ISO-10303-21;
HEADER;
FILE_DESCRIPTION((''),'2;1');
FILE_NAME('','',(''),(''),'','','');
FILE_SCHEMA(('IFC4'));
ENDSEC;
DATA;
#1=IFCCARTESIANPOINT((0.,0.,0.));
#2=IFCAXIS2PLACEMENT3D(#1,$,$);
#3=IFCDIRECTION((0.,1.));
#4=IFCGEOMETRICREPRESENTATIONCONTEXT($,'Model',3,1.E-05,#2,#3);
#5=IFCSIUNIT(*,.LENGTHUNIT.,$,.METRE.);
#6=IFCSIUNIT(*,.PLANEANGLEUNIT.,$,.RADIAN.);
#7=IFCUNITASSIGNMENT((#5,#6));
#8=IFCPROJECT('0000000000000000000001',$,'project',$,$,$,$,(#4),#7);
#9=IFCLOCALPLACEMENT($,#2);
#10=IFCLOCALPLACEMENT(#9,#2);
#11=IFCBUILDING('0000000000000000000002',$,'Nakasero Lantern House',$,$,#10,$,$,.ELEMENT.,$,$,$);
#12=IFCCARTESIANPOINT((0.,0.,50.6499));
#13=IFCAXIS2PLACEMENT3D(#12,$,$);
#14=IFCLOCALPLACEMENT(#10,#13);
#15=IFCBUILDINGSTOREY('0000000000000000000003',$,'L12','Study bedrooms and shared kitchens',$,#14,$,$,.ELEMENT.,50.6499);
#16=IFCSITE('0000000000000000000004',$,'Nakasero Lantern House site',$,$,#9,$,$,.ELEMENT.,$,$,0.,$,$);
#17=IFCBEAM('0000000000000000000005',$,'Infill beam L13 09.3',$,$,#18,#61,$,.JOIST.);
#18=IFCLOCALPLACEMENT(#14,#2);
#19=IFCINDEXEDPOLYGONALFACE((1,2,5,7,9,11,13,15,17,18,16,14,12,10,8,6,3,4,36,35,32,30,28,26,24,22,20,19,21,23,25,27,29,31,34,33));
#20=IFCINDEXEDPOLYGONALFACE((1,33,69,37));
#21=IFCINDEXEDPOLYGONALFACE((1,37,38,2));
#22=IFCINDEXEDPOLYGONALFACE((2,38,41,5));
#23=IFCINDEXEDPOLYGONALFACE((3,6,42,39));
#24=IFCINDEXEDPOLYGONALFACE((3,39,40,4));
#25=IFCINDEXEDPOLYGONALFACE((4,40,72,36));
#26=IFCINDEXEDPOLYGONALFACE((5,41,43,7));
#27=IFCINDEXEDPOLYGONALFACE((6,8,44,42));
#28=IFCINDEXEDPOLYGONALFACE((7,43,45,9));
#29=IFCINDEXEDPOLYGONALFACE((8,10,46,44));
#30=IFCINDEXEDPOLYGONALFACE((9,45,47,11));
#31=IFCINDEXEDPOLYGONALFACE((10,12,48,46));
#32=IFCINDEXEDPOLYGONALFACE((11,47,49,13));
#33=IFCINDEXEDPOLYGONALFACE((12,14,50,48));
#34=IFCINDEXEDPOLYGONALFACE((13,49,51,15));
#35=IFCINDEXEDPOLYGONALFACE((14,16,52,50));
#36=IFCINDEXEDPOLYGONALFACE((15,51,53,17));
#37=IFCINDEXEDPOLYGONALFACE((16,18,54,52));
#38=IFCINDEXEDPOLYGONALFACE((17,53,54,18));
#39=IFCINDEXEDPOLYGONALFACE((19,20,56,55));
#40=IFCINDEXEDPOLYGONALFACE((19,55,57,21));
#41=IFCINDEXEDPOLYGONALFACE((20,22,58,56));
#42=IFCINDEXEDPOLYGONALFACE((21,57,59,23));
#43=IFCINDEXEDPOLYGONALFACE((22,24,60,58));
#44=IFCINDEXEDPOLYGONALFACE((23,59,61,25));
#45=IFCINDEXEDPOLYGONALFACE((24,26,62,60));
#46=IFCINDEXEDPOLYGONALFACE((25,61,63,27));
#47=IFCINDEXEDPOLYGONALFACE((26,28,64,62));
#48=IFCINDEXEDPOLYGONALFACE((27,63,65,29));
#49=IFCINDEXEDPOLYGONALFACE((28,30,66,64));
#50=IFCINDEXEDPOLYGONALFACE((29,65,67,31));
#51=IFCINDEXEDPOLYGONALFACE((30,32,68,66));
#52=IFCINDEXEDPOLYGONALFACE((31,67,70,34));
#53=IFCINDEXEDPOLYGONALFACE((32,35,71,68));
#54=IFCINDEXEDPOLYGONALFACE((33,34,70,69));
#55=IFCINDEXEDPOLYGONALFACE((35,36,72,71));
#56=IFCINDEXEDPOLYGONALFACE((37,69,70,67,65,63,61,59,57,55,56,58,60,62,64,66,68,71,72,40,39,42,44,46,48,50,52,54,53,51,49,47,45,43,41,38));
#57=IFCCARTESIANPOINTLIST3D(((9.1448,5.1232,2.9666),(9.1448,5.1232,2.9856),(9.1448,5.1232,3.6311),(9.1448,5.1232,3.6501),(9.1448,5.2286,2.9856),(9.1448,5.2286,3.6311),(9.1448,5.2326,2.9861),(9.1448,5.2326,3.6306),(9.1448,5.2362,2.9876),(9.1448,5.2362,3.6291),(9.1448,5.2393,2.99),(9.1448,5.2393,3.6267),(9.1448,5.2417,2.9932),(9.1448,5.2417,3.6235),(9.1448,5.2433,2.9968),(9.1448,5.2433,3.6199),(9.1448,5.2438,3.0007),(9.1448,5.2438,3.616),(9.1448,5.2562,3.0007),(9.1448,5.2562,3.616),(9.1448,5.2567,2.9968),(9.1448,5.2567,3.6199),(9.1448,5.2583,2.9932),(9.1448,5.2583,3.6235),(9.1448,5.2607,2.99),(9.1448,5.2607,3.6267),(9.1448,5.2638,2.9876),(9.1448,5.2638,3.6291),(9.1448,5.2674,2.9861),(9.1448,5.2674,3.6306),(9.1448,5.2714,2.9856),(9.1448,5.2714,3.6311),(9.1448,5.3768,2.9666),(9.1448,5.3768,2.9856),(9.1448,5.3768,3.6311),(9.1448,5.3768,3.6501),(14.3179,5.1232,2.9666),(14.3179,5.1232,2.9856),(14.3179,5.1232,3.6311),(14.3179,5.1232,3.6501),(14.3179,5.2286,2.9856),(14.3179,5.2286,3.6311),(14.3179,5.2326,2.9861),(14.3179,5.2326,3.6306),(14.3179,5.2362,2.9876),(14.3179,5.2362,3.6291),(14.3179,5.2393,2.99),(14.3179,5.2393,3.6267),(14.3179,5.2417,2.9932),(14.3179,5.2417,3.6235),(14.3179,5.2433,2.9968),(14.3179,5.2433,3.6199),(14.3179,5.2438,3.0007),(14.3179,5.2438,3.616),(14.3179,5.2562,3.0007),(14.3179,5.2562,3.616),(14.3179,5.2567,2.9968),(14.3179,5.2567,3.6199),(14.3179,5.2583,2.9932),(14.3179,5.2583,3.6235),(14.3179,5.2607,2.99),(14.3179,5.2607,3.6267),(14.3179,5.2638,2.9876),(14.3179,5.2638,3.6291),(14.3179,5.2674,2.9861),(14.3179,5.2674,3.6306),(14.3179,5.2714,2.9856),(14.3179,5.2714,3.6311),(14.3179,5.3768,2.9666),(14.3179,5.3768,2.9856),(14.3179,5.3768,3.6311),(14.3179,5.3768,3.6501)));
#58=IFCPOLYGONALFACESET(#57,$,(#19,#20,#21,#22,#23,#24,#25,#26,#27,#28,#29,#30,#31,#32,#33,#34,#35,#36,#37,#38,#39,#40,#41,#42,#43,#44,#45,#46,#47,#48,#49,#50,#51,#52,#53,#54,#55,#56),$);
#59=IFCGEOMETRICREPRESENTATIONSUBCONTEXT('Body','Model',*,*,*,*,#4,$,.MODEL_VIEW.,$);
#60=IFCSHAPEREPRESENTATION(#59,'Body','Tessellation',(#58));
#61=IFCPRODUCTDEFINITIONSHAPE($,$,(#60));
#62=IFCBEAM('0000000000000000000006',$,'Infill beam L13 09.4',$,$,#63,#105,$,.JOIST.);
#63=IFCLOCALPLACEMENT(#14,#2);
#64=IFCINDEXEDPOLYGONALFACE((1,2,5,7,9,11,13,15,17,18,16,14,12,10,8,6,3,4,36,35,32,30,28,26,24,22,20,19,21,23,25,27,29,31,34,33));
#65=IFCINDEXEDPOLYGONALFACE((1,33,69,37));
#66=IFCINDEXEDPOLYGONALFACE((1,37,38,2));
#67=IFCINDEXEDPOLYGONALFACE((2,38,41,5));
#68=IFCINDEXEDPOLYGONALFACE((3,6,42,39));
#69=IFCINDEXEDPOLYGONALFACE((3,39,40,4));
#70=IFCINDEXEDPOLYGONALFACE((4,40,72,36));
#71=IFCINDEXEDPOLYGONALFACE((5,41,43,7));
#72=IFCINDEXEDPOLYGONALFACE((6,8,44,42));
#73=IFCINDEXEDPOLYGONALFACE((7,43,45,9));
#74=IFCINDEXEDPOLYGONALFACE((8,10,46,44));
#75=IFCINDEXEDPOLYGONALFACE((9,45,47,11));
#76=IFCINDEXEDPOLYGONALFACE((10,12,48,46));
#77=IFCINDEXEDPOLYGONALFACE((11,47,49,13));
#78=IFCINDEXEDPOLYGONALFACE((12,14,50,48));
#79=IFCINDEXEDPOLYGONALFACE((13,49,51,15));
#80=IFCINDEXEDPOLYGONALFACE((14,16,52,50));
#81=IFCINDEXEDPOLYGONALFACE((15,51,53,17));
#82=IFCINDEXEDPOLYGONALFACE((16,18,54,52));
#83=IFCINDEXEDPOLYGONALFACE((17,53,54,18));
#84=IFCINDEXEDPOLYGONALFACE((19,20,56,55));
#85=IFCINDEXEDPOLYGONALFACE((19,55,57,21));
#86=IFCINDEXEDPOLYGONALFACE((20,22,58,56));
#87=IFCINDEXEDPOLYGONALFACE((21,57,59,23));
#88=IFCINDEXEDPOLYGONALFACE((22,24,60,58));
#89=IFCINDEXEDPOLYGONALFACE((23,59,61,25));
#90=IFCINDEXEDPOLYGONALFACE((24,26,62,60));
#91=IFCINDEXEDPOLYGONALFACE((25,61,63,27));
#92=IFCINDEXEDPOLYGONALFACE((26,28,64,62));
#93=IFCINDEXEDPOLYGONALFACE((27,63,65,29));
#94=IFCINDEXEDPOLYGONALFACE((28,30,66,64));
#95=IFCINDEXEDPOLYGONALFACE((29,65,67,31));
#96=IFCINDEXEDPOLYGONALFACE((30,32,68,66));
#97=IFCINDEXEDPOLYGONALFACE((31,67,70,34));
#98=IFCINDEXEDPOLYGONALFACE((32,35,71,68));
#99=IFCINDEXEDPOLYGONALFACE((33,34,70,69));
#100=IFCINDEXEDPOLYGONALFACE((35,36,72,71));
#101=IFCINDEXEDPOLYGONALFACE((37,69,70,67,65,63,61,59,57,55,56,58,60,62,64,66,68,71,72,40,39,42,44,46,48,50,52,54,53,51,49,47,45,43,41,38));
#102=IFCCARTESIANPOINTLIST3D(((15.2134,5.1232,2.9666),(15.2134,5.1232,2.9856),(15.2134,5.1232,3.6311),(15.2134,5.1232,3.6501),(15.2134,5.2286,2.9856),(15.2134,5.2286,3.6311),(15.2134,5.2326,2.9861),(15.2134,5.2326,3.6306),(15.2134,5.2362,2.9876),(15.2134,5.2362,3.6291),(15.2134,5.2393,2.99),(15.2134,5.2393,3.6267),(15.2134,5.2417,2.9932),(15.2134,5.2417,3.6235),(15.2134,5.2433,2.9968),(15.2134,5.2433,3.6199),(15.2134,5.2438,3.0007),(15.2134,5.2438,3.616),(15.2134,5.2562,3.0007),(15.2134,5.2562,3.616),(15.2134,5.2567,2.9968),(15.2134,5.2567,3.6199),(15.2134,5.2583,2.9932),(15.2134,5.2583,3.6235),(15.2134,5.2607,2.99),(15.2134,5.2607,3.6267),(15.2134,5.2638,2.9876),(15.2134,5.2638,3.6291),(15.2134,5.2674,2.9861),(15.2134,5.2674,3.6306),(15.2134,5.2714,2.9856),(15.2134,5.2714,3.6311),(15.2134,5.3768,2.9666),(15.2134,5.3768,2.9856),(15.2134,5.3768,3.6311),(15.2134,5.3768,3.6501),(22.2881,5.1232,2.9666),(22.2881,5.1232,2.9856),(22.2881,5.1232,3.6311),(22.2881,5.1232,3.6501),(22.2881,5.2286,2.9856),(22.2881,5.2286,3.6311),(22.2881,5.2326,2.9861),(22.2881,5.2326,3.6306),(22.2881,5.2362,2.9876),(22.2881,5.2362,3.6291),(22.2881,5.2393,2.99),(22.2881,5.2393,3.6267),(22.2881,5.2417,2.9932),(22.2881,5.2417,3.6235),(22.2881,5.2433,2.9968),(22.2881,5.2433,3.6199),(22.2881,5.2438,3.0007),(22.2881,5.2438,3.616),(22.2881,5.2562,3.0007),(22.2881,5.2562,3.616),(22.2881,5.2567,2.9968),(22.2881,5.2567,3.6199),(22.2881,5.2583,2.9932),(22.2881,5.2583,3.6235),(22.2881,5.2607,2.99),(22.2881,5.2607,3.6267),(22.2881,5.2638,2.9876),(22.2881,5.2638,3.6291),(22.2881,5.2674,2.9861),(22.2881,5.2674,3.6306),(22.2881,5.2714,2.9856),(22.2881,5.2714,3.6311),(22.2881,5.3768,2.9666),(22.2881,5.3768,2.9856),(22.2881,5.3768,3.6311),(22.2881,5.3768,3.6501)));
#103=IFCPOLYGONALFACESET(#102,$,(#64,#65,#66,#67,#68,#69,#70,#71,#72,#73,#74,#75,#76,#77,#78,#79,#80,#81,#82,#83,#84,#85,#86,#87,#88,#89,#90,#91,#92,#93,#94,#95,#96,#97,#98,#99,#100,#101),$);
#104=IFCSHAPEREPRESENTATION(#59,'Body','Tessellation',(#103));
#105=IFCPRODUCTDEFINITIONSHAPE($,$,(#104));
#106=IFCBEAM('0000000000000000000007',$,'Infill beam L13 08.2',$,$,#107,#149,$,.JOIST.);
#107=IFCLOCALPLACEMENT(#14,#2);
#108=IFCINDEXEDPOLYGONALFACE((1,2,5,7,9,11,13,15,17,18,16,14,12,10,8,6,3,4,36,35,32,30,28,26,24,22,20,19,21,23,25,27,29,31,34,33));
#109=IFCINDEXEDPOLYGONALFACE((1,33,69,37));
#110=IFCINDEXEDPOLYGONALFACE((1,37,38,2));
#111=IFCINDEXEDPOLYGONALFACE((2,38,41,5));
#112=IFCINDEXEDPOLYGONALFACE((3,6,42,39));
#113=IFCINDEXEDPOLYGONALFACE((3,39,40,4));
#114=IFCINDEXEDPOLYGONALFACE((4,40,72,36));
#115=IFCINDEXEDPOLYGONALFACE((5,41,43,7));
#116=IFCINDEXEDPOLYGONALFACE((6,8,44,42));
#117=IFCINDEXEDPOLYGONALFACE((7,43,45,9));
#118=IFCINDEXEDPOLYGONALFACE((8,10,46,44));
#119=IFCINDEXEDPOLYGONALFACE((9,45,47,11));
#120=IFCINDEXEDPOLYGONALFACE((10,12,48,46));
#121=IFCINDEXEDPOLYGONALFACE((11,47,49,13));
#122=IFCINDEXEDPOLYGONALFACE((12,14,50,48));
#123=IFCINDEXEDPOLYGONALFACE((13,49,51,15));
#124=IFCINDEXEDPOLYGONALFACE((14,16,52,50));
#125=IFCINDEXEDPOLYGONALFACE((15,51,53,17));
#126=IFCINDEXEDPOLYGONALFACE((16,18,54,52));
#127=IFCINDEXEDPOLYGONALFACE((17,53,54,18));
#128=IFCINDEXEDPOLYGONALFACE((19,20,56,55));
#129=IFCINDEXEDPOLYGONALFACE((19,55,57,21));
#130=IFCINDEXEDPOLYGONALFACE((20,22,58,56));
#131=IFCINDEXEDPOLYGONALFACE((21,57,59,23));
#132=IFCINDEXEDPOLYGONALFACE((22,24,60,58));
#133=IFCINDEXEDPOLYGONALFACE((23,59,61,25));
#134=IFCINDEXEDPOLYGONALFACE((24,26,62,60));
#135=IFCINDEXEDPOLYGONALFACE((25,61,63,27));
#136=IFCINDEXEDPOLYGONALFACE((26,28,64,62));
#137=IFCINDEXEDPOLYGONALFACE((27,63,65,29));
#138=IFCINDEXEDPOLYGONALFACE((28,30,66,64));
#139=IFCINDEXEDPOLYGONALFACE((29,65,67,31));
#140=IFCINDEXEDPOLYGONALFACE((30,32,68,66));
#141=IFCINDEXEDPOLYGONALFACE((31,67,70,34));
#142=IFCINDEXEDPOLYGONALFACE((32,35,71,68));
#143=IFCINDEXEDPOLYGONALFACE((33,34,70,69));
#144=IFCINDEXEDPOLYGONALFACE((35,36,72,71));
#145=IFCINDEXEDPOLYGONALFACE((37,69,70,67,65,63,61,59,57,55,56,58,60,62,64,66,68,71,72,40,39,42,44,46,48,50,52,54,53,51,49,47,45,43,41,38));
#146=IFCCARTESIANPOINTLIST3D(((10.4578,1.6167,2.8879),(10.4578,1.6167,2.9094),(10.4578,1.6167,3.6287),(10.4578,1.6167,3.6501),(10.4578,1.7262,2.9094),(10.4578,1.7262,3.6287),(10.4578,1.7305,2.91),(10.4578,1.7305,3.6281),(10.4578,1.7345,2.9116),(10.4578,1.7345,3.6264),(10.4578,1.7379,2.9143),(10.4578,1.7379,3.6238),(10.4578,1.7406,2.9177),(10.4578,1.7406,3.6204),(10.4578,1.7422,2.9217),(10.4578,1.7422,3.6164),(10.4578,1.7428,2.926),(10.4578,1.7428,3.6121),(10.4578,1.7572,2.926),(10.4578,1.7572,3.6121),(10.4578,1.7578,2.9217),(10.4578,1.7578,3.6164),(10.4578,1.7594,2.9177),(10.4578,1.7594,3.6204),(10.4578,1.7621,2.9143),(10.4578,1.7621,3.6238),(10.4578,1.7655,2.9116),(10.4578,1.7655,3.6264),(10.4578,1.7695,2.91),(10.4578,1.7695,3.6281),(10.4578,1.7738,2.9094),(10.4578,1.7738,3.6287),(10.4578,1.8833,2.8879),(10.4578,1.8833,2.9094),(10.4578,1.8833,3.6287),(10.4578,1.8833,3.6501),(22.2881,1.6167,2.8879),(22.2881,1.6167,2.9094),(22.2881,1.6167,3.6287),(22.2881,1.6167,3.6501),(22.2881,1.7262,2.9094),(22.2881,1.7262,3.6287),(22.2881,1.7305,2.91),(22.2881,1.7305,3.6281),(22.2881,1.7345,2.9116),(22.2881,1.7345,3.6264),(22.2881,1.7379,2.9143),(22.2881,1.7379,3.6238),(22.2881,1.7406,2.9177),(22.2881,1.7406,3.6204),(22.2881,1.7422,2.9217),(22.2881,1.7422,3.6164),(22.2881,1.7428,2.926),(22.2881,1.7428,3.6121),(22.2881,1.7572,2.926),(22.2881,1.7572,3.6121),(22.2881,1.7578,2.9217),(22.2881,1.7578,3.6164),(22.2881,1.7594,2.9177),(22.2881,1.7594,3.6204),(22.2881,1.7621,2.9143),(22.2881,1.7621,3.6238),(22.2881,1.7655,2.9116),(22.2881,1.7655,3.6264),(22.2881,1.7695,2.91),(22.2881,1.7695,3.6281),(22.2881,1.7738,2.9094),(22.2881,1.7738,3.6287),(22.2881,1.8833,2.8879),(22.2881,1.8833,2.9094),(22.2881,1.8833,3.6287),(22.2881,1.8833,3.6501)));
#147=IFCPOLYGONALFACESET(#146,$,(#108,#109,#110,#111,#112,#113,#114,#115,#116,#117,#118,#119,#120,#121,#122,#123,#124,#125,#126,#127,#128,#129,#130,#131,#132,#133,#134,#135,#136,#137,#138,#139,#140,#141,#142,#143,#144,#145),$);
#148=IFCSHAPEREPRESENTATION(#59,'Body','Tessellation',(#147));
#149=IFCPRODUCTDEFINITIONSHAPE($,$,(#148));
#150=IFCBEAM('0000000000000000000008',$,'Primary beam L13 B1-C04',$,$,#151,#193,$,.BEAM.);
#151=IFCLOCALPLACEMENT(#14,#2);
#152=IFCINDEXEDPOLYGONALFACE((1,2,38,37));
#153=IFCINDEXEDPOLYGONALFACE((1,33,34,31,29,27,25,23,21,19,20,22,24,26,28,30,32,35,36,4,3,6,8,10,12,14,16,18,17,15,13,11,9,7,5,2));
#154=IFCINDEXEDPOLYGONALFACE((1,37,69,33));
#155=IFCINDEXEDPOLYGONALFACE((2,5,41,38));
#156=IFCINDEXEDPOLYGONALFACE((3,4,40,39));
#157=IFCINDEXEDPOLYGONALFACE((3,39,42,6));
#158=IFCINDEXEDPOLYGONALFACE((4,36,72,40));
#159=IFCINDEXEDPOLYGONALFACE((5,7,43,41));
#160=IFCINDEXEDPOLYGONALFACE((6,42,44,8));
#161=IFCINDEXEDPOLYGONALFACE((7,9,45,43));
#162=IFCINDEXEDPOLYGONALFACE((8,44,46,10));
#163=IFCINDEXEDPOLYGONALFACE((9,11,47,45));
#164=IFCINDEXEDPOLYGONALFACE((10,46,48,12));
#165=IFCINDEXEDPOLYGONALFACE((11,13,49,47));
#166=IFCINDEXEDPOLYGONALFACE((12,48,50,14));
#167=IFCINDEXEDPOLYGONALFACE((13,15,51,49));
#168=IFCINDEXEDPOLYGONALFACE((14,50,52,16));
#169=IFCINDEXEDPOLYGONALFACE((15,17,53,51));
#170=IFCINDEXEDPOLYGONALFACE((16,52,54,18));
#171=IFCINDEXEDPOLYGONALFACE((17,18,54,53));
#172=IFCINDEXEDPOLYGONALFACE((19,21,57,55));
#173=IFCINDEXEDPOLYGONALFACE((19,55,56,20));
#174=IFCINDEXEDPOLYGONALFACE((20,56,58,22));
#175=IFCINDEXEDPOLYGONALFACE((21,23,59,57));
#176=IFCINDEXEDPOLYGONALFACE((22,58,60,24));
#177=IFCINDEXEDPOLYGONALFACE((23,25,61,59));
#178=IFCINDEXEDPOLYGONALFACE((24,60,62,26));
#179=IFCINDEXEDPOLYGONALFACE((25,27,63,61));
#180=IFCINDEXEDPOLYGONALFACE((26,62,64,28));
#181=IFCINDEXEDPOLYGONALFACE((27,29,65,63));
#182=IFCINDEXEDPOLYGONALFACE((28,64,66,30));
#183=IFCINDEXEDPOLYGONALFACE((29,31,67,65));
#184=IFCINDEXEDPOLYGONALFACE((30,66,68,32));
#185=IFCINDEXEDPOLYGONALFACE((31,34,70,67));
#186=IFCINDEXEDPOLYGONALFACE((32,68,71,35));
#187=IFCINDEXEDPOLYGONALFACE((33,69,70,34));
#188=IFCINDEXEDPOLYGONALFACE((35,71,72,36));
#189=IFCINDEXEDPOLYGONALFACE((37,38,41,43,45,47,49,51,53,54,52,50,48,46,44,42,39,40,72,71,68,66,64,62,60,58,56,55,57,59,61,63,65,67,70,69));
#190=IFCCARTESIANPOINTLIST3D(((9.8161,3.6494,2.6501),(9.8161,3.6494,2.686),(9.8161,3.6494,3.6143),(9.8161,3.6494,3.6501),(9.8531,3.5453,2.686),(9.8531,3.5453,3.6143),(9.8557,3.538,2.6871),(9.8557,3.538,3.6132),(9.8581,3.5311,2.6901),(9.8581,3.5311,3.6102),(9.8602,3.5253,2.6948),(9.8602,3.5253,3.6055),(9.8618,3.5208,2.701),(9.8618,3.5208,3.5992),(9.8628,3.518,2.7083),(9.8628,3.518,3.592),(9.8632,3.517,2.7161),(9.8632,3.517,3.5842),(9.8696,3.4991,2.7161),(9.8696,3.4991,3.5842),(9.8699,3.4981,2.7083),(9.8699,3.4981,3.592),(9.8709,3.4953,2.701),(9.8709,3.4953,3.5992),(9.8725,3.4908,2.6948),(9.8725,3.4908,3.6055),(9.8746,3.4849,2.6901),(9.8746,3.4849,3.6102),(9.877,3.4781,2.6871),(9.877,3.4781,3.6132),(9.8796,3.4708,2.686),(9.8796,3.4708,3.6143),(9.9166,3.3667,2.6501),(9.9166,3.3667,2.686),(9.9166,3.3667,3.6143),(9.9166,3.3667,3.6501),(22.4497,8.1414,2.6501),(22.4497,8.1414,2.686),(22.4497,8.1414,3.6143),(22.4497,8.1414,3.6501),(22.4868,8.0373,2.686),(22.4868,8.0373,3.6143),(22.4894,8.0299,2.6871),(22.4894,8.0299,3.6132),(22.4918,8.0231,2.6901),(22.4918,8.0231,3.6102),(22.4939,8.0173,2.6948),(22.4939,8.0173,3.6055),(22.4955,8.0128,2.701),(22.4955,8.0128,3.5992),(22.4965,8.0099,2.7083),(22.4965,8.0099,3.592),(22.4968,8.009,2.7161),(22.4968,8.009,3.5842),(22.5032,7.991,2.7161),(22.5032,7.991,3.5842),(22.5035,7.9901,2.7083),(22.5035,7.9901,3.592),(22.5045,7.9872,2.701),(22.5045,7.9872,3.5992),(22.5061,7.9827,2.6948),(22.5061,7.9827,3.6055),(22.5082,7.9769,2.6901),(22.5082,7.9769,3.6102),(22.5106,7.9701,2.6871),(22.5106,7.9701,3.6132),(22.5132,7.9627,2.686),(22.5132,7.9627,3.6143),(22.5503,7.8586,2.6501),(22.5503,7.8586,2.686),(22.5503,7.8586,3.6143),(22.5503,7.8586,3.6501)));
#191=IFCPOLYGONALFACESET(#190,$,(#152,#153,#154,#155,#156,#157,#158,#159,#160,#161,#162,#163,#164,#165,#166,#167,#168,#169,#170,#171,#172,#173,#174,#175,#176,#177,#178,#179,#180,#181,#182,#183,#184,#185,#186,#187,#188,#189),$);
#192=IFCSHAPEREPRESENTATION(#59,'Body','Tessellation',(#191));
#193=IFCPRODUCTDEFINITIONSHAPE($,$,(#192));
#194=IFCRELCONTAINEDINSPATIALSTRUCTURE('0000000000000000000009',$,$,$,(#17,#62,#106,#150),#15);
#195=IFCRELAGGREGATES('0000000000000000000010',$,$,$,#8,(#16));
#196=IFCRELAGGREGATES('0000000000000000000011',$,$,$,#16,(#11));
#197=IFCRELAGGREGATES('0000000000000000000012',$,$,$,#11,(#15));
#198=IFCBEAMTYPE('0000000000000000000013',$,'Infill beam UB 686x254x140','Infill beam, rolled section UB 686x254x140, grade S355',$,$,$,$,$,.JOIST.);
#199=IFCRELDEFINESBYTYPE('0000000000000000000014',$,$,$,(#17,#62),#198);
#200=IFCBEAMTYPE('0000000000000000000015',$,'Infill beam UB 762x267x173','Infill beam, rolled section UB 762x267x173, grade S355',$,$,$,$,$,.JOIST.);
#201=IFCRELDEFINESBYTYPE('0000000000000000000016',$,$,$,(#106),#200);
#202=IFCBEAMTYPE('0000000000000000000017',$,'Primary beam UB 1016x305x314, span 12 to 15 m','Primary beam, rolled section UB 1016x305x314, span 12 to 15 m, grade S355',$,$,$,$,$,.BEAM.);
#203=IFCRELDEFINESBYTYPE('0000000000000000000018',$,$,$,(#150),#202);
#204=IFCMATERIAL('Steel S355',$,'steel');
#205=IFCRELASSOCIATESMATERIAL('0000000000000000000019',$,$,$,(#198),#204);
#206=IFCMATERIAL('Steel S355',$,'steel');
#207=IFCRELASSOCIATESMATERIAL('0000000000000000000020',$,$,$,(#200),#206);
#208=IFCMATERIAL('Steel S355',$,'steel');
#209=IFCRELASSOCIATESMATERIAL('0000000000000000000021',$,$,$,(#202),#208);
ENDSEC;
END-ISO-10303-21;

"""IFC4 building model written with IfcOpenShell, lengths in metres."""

from ifc_helpers import new_model, si_unit, direction, frame, origin, origin_2d, place, context, subcontext, project, spatial, i_section, extrude, material, material_profile, profile_set, type_object, element, save


model = new_model("IFC4")

# Units and contexts
model_context = context("Model", 3, precision=1e-05, world=origin(), true_north=direction((0.0, 1.0)))
body_context = subcontext(model_context, "Body", "Model", "MODEL_VIEW")
ifc_project = project(units=[si_unit("LENGTHUNIT", "METRE"), si_unit("PLANEANGLEUNIT", "RADIAN")], contexts=[model_context])

# Site, building, storey
site_placement = place(None, origin())
site = spatial("IfcSite", under=ifc_project, at=site_placement, Name="Nakasero Lantern House site", CompositionType="ELEMENT", RefElevation=0.0)
building_placement = place(site_placement, origin())
building = spatial("IfcBuilding", under=site, at=building_placement, Name="Nakasero Lantern House", CompositionType="ELEMENT")
storey_placement = place(building_placement, frame((0.0, 0.0, 50.6499)))
storey = spatial("IfcBuildingStorey", under=building, at=storey_placement, Name="L12", Description="Study bedrooms and shared kitchens", CompositionType="ELEMENT", Elevation=50.6499)

# Beams
ifc_material_1 = material(Name="Steel S355", Category="steel")
ifc_material_profile_1 = material_profile(ifc_material_1, i_section(OverallWidth=0.2537, OverallDepth=0.6836, WebThickness=0.0125, FlangeThickness=0.019, FilletRadius=0.0151, at=origin_2d()), Name="UB 686x254x140")
ifc_profile_set_1 = profile_set([ifc_material_profile_1], Name="Steel S355")
beam_type_1 = type_object("IfcBeamType", Name="Infill beam UB 686x254x140", Description="Infill beam, rolled section UB 686x254x140, grade S355", PredefinedType="JOIST", material=ifc_profile_set_1)
beam_1_placement = place(storey_placement, frame((9.1448, 5.25, 3.3083), z_axis=(1.0, 0.0, 0.0), x_axis=(0.0, 1.0, 0.0)))
element("IfcBeam", 1, at=beam_1_placement, inside=storey, type_object=beam_type_1, Name="Infill beam L13 09.3", PredefinedType="JOIST", context=body_context, shape_type="SweptSolid", body=[
    extrude(i_section(OverallWidth=0.2537, OverallDepth=0.6836, WebThickness=0.0125, FlangeThickness=0.019, FilletRadius=0.0151, at=origin_2d()), origin(), (0.0, 0.0, 1.0), 5.1731),
])
beam_2_placement = place(storey_placement, frame((15.2134, 5.25, 3.3083), z_axis=(1.0, 0.0, 0.0), x_axis=(0.0, 1.0, 0.0)))
element("IfcBeam", 2, at=beam_2_placement, inside=storey, type_object=beam_type_1, Name="Infill beam L13 09.4", PredefinedType="JOIST", context=body_context, shape_type="SweptSolid", body=[
    extrude(i_section(OverallWidth=0.2537, OverallDepth=0.6836, WebThickness=0.0125, FlangeThickness=0.019, FilletRadius=0.0151, at=origin_2d()), origin(), (0.0, 0.0, 1.0), 7.0747),
])
ifc_material_2 = material(Name="Steel S355", Category="steel")
ifc_material_profile_2 = material_profile(ifc_material_2, i_section(OverallWidth=0.2666, OverallDepth=0.7622, WebThickness=0.0144, FlangeThickness=0.0215, FilletRadius=0.0166, at=origin_2d()), Name="UB 762x267x173")
ifc_profile_set_2 = profile_set([ifc_material_profile_2], Name="Steel S355")
beam_type_2 = type_object("IfcBeamType", Name="Infill beam UB 762x267x173", Description="Infill beam, rolled section UB 762x267x173, grade S355", PredefinedType="JOIST", material=ifc_profile_set_2)
beam_3_placement = place(storey_placement, frame((10.4578, 1.75, 3.269), z_axis=(1.0, 0.0, 0.0), x_axis=(0.0, 1.0, 0.0)))
element("IfcBeam", 3, at=beam_3_placement, inside=storey, type_object=beam_type_2, Name="Infill beam L13 08.2", PredefinedType="JOIST", context=body_context, shape_type="SweptSolid", body=[
    extrude(i_section(OverallWidth=0.2666, OverallDepth=0.7622, WebThickness=0.0144, FlangeThickness=0.0215, FilletRadius=0.0166, at=origin_2d()), origin(), (0.0, 0.0, 1.0), 11.8303),
])
ifc_material_3 = material(Name="Steel S355", Category="steel")
ifc_material_profile_3 = material_profile(ifc_material_3, i_section(OverallWidth=0.3, OverallDepth=1.0, WebThickness=0.019, FlangeThickness=0.0359, FilletRadius=0.03, at=origin_2d()), Name="UB 1016x305x314")
ifc_profile_set_3 = profile_set([ifc_material_profile_3], Name="Steel S355")
beam_type_3 = type_object("IfcBeamType", Name="Primary beam UB 1016x305x314, span 12 to 15 m", Description="Primary beam, rolled section UB 1016x305x314, span 12 to 15 m, grade S355", PredefinedType="BEAM", material=ifc_profile_set_3)
beam_4_placement = place(storey_placement, frame((22.5, 8.0, 3.1501), z_axis=(-0.942214, -0.335011, 0.0), x_axis=(0.335011, -0.942214, 0.0)))
element("IfcBeam", 4, at=beam_4_placement, inside=storey, type_object=beam_type_3, Name="Primary beam L13 B1-C04", PredefinedType="BEAM", context=body_context, shape_type="SweptSolid", body=[
    extrude(i_section(OverallWidth=0.3, OverallDepth=1.0, WebThickness=0.019, FlangeThickness=0.0359, FilletRadius=0.03, at=origin_2d()), origin(), (0.0, 0.0, 1.0), 13.4084),
])

save(model, "model.ifc")
